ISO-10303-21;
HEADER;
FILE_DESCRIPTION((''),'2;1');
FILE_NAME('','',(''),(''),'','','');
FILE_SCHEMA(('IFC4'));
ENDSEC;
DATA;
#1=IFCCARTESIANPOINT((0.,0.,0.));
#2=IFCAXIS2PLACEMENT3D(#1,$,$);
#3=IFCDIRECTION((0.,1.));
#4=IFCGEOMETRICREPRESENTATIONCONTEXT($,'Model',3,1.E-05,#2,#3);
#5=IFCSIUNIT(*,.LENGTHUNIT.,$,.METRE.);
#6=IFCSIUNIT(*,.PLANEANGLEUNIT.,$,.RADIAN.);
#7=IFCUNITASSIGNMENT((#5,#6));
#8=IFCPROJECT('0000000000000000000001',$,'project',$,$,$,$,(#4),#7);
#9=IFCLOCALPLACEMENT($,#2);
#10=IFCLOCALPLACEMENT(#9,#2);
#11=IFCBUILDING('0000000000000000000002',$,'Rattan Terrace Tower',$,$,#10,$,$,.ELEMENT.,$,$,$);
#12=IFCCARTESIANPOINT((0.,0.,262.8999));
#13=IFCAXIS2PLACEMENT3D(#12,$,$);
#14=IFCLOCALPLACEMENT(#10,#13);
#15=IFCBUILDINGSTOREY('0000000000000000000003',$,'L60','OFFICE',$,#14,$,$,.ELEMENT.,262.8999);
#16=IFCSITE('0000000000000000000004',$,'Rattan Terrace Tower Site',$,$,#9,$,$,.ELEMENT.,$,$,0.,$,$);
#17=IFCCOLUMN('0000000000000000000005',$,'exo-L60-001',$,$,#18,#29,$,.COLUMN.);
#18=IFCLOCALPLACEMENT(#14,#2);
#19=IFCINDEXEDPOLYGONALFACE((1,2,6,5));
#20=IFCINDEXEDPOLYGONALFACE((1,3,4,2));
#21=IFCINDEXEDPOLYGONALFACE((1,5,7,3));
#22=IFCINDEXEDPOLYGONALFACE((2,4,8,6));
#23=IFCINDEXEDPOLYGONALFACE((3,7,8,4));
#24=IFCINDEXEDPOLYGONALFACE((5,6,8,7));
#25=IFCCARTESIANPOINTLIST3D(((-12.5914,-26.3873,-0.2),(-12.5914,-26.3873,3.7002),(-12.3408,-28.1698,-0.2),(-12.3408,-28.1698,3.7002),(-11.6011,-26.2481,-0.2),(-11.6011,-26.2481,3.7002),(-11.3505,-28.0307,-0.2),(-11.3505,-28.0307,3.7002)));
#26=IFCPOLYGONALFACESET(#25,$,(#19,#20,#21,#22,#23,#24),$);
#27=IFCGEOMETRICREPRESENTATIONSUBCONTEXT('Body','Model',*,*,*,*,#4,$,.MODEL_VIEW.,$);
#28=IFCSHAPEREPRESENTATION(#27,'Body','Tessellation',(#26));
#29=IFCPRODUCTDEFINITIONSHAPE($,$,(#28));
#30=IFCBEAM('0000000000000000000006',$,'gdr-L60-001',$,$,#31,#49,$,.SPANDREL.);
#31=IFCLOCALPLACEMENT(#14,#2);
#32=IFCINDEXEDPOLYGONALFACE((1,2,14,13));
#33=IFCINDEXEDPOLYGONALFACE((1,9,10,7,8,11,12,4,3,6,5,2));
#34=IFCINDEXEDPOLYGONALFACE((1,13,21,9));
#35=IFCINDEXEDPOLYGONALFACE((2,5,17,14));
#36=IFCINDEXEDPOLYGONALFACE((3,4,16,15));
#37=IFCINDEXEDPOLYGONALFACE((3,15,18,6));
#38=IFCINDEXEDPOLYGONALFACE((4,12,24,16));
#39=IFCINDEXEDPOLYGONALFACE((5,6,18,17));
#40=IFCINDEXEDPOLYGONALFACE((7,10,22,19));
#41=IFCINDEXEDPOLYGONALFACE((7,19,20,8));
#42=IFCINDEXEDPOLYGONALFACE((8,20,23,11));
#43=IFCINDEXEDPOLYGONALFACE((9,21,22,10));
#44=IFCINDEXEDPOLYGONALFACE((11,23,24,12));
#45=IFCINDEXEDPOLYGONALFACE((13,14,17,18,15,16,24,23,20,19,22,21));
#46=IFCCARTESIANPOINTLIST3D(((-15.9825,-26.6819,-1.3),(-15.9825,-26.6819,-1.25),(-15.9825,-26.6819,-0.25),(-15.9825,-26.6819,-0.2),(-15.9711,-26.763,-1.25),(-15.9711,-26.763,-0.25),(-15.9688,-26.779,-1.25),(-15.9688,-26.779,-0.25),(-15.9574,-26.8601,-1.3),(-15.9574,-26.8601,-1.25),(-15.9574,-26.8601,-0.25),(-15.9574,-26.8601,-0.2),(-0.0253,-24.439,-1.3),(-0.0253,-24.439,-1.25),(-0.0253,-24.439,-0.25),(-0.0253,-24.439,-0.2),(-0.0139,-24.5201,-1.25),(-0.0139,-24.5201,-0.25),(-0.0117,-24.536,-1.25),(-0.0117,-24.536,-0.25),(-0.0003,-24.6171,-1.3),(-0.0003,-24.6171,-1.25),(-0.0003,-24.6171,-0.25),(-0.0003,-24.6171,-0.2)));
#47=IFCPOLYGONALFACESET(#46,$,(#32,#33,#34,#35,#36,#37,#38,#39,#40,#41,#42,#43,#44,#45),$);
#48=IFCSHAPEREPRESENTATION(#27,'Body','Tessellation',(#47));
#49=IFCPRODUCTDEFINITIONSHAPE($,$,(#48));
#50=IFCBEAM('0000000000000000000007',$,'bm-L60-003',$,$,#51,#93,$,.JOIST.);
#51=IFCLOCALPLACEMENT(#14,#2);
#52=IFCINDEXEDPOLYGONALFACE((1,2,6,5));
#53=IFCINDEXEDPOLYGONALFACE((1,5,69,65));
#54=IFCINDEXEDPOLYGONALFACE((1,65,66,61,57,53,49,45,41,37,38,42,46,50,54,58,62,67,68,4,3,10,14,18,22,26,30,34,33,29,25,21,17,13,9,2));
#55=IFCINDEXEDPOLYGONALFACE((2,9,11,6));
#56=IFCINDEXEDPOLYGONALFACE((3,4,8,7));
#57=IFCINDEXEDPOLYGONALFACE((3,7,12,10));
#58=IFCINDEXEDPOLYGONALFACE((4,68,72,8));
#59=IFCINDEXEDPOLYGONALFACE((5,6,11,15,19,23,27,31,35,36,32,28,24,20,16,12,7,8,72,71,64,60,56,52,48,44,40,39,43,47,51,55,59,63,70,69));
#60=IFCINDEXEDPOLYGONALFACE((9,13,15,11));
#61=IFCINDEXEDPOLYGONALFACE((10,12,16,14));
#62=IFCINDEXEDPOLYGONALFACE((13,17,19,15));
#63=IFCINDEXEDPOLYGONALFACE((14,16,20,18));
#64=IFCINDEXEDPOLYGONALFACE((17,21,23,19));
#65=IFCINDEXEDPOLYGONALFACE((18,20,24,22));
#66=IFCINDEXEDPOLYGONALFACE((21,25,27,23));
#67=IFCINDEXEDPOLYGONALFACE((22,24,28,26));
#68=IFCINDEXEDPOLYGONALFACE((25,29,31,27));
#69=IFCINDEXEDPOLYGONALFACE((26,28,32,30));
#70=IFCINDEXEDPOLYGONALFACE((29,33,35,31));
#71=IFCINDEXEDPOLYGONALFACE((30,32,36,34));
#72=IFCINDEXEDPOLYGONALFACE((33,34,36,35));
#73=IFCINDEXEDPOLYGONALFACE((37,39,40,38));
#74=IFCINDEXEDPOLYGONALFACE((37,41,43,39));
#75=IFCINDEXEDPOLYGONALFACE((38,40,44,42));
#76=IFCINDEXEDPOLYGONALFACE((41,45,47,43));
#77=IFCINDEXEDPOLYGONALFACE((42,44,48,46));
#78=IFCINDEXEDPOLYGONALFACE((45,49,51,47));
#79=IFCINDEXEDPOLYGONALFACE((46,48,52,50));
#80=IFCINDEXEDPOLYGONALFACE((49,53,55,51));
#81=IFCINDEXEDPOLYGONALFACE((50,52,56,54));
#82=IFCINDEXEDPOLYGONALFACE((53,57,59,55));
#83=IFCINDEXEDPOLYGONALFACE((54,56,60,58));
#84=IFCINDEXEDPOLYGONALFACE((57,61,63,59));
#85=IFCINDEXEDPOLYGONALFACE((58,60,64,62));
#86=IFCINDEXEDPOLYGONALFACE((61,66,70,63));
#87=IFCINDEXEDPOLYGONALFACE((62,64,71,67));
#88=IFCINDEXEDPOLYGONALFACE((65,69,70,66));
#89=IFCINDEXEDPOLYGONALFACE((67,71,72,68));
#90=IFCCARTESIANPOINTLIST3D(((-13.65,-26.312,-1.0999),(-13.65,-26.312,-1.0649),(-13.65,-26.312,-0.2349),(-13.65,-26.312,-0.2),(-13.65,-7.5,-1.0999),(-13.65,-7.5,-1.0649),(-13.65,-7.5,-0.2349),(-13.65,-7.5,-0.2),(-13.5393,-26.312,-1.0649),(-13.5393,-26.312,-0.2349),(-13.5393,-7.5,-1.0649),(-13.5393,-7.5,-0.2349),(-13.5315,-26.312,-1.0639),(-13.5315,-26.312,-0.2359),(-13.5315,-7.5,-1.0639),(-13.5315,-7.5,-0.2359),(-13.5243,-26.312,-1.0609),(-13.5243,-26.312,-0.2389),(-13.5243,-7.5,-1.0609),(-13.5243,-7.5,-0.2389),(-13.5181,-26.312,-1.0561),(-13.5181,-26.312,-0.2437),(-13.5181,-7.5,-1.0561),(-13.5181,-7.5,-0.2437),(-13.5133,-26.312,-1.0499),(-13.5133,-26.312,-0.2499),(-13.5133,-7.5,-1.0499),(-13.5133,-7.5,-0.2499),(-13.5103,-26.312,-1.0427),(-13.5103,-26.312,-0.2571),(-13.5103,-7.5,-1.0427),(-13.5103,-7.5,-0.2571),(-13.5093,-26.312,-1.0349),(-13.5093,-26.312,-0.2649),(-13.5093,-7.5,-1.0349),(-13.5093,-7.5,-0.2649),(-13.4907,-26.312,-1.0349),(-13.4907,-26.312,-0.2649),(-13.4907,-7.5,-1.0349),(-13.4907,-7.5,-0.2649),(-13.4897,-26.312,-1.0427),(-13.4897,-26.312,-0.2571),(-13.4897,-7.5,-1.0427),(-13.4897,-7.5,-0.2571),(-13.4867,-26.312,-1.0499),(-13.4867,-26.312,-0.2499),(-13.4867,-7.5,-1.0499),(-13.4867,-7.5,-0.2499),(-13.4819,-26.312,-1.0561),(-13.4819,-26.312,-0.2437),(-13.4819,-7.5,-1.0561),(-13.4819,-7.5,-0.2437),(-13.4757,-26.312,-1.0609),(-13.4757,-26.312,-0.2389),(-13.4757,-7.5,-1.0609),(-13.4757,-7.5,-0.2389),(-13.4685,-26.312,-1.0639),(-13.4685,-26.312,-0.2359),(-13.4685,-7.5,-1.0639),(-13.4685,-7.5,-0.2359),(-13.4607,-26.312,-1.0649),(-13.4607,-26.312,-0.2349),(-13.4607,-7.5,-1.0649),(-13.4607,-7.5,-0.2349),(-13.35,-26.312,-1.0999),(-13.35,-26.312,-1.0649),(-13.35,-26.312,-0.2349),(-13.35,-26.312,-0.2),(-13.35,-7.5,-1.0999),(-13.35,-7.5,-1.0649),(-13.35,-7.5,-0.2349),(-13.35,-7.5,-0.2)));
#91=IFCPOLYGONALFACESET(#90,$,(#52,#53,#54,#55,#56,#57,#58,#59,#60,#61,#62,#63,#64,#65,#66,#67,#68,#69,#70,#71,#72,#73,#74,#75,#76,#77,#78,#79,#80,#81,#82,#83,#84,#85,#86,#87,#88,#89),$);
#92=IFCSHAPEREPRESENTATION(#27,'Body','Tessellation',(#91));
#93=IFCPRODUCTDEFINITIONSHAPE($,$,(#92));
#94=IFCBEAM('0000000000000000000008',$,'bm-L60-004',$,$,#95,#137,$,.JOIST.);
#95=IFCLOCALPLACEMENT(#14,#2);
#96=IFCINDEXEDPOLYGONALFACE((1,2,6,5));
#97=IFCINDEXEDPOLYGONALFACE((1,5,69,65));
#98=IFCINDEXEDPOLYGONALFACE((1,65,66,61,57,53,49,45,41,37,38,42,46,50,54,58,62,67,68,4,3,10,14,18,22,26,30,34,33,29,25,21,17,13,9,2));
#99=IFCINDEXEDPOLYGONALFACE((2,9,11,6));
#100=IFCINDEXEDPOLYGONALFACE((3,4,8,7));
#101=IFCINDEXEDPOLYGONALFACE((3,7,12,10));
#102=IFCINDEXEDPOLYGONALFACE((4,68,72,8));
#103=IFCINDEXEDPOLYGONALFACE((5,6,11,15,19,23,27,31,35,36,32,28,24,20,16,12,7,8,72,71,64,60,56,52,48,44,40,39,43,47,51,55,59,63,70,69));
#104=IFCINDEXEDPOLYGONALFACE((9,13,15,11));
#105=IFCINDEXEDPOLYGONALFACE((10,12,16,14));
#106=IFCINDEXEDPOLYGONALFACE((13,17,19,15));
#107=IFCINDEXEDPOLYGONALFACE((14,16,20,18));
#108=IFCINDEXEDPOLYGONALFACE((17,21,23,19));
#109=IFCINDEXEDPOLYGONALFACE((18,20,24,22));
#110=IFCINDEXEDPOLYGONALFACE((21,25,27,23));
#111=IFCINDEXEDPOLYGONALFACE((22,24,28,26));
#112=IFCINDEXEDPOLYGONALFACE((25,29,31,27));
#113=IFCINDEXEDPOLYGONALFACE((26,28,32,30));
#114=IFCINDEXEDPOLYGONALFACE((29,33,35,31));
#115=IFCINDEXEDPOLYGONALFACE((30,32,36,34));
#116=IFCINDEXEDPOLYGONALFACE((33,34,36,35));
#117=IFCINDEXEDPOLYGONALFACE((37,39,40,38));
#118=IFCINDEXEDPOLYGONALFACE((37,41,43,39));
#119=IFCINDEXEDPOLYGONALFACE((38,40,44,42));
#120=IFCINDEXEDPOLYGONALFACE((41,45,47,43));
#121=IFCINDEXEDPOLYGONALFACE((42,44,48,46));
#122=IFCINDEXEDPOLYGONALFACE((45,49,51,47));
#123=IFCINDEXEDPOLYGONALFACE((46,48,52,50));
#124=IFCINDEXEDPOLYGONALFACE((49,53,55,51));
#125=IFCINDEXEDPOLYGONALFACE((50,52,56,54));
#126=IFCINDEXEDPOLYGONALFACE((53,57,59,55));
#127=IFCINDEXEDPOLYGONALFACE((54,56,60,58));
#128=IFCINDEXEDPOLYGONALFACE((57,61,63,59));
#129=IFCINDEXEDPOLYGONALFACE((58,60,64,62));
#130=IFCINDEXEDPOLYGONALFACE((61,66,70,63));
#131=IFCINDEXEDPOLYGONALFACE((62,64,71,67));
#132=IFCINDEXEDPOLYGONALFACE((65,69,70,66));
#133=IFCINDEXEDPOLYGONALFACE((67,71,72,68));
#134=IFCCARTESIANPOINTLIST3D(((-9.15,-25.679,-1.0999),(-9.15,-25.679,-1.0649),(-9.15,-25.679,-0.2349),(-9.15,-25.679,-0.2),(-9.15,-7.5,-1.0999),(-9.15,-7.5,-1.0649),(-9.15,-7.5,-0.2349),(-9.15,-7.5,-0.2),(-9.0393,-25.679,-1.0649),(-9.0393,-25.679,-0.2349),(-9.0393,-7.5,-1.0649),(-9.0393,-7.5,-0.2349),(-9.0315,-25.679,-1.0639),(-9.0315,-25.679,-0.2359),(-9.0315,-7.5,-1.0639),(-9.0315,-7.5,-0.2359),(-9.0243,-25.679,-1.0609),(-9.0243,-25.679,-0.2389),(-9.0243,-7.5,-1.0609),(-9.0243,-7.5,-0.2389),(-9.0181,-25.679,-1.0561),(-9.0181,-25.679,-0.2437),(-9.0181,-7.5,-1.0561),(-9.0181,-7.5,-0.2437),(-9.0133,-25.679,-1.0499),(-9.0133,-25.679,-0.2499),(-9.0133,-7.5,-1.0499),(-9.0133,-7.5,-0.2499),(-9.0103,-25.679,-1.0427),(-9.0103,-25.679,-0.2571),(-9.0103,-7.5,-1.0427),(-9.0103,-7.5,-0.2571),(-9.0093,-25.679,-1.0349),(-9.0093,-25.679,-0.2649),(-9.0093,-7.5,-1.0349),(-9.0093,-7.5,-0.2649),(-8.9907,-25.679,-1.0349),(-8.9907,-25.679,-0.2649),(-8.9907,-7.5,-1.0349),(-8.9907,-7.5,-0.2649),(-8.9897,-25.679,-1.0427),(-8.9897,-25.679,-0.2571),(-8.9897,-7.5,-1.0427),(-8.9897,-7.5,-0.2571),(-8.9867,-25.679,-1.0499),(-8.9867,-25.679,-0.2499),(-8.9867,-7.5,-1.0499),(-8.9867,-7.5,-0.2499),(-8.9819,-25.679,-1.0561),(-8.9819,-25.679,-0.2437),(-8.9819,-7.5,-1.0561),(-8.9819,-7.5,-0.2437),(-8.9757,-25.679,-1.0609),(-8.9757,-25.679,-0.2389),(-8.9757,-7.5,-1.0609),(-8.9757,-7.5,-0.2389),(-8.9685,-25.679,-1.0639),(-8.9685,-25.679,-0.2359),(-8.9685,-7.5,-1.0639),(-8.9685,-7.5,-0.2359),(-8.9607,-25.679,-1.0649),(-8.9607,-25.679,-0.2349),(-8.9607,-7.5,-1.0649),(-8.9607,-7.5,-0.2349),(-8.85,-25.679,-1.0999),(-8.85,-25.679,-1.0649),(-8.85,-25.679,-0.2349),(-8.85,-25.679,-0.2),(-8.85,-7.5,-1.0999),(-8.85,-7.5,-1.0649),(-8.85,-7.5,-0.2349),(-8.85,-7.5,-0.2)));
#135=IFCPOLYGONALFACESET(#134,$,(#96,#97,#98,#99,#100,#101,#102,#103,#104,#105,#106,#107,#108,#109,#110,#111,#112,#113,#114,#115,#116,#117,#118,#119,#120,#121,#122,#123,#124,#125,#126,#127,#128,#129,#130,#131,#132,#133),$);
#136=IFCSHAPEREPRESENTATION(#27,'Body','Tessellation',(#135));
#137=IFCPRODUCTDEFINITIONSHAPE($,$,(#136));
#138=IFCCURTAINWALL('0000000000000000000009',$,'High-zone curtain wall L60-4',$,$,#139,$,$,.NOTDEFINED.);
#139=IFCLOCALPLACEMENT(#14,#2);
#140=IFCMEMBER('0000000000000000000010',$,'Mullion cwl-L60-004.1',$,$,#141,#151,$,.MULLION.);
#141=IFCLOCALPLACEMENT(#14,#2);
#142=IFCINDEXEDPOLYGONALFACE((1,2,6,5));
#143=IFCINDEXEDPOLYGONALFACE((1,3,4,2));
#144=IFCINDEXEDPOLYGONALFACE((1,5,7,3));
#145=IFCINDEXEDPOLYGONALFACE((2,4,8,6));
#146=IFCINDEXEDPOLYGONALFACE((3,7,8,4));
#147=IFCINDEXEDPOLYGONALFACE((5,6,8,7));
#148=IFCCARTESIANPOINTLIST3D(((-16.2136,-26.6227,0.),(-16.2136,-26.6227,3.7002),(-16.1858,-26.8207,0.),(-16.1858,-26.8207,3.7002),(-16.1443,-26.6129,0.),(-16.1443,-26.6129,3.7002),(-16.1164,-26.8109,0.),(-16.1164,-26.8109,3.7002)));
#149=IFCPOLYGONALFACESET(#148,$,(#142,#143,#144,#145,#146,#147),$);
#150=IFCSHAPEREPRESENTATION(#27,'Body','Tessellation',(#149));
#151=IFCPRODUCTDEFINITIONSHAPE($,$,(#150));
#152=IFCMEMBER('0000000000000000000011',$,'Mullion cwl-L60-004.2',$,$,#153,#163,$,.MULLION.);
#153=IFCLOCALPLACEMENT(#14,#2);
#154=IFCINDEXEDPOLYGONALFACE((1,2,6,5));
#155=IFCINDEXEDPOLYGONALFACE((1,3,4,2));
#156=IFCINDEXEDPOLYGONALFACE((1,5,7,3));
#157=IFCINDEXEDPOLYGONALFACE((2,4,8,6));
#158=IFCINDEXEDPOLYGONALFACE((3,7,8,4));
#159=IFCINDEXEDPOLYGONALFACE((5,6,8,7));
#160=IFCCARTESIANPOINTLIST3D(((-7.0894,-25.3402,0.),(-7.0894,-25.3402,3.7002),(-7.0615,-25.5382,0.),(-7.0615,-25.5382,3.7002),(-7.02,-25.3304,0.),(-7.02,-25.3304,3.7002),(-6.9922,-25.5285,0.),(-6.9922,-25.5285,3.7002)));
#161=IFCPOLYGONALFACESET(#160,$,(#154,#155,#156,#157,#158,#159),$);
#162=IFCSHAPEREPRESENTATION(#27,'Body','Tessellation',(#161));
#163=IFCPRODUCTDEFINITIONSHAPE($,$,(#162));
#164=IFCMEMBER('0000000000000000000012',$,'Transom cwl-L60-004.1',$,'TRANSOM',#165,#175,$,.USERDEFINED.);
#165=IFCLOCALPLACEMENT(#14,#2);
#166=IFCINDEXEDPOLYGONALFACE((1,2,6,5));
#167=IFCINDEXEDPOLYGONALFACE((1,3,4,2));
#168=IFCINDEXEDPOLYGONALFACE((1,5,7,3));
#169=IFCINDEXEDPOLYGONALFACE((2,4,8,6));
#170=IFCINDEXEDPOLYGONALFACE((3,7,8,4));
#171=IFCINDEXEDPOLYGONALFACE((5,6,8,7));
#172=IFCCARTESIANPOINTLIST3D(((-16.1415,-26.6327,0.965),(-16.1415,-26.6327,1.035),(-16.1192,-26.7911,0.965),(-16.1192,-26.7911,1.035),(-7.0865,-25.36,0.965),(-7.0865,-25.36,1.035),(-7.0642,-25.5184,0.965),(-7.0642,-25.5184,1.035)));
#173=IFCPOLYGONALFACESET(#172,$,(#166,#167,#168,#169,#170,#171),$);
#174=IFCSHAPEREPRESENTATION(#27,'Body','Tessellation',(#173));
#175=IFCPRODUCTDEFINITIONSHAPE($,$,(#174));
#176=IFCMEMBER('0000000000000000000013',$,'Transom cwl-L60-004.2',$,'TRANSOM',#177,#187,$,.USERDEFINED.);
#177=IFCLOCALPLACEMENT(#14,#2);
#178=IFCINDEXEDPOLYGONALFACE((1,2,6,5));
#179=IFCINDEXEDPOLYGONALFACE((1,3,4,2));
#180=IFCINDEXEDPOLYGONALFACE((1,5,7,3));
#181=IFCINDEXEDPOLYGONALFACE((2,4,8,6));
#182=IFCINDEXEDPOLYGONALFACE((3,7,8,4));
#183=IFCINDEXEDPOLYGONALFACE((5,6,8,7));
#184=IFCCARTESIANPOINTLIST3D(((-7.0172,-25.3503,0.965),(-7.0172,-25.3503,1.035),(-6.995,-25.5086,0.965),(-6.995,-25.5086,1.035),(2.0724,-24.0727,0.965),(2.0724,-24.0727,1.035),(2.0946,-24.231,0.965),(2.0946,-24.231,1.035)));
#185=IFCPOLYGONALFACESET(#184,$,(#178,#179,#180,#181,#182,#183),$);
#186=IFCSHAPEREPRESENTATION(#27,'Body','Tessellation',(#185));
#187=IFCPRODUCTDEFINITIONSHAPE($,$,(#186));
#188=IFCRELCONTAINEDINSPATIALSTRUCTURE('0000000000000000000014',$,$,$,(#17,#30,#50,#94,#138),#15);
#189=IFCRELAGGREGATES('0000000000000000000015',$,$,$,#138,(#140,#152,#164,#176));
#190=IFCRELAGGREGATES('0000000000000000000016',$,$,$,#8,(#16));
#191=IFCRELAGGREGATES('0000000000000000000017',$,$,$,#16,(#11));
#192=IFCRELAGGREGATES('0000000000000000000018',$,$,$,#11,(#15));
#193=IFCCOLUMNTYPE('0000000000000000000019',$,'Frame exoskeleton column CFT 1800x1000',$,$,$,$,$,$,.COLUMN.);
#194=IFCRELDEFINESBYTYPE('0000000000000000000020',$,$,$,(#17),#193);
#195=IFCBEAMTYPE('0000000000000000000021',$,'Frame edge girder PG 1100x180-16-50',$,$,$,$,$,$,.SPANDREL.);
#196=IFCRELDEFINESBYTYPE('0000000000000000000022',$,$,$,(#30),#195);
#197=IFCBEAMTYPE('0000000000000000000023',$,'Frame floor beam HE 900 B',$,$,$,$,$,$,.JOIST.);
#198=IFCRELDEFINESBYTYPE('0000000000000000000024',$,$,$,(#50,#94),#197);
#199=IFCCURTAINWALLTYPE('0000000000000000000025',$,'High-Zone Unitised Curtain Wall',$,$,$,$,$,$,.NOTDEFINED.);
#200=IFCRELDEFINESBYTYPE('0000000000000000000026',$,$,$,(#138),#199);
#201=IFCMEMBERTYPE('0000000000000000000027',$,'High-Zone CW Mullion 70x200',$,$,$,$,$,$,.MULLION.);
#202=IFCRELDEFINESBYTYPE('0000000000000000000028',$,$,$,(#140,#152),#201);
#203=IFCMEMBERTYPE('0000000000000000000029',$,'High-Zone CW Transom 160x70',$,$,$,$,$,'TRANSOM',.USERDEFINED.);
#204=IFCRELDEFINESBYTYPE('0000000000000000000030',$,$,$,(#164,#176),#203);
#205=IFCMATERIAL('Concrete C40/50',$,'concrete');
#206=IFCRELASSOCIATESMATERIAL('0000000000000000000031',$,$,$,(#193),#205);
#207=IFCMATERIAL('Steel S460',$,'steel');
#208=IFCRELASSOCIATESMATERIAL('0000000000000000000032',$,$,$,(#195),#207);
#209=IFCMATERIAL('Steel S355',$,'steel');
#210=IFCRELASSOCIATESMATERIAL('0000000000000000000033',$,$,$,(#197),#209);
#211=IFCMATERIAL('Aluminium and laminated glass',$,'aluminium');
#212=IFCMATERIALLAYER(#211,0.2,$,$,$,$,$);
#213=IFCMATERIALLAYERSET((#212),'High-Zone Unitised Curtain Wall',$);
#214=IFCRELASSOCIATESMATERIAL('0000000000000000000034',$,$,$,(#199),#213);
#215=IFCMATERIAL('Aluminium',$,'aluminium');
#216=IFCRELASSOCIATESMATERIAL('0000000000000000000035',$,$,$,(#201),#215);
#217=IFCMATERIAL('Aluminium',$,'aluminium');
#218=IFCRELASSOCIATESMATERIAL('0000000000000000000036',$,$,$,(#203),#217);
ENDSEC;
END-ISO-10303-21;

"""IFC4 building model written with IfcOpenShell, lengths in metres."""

from ifc_helpers import new_model, si_unit, direction, frame, origin, origin_2d, place, context, subcontext, project, spatial, rectangle, i_section, extrude, material, layer, layer_set, material_profile, profile_set, type_object, element, aggregate, save


model = new_model("IFC4")

# Units and contexts
model_context = context("Model", 3, precision=1e-05, world=origin(), true_north=direction((0.0, 1.0)))
body_context = subcontext(model_context, "Body", "Model", "MODEL_VIEW")
ifc_project = project(units=[si_unit("LENGTHUNIT", "METRE"), si_unit("PLANEANGLEUNIT", "RADIAN")], contexts=[model_context])

# Site, building, storey
site_placement = place(None, origin())
site = spatial("IfcSite", under=ifc_project, at=site_placement, Name="Rattan Terrace Tower Site", CompositionType="ELEMENT", RefElevation=0.0)
building_placement = place(site_placement, origin())
building = spatial("IfcBuilding", under=site, at=building_placement, Name="Rattan Terrace Tower", CompositionType="ELEMENT")
storey_placement = place(building_placement, frame((0.0, 0.0, 262.8999)))
storey = spatial("IfcBuildingStorey", under=building, at=storey_placement, Name="L60", Description="OFFICE", CompositionType="ELEMENT", Elevation=262.8999)

# Column
ifc_material_1 = material(Name="Concrete C40/50", Category="concrete")
ifc_material_profile_1 = material_profile(ifc_material_1, rectangle(XDim=1.0, YDim=1.8, at=origin_2d()), Name="CFT 1800x1000")
ifc_profile_set_1 = profile_set([ifc_material_profile_1], Name="Concrete C40/50")
column_type = type_object("IfcColumnType", Name="Frame exoskeleton column CFT 1800x1000", PredefinedType="COLUMN", material=ifc_profile_set_1)
column_placement = place(storey_placement, frame((-11.9709, -27.209, -0.2), z_axis=(0.0, 0.0, 1.0), x_axis=(0.990266, 0.13919, 0.0)))
element("IfcColumn", 1, at=column_placement, inside=storey, type_object=column_type, Name="exo-L60-001", PredefinedType="COLUMN", context=body_context, shape_type="SweptSolid", body=[
    extrude(rectangle(XDim=1.0, YDim=1.8, at=origin_2d()), origin(), (0.0, 0.0, 1.0), 3.9001),
])

# Beams
ifc_material_2 = material(Name="Steel S460", Category="steel")
ifc_material_profile_2 = material_profile(ifc_material_2, i_section(OverallWidth=0.1799, OverallDepth=1.1001, WebThickness=0.0161, FlangeThickness=0.05, at=origin_2d()), Name="PG 1100x180-16-50")
ifc_profile_set_2 = profile_set([ifc_material_profile_2], Name="Steel S460")
beam_type_1 = type_object("IfcBeamType", Name="Frame edge girder PG 1100x180-16-50", PredefinedType="SPANDREL", material=ifc_profile_set_2)
beam_1_placement = place(storey_placement, frame((-15.97, -26.771, -0.75), z_axis=(0.990265, 0.139192, 0.0), x_axis=(-0.139192, 0.990265, 0.0)))
element("IfcBeam", 2, at=beam_1_placement, inside=storey, type_object=beam_type_1, Name="gdr-L60-001", PredefinedType="SPANDREL", context=body_context, shape_type="SweptSolid", body=[
    extrude(i_section(OverallWidth=0.1799, OverallDepth=1.1001, WebThickness=0.0161, FlangeThickness=0.05, at=origin_2d()), origin(), (0.0, 0.0, 1.0), 16.114),
])
ifc_material_3 = material(Name="Steel S355", Category="steel")
ifc_material_profile_3 = material_profile(ifc_material_3, i_section(OverallWidth=0.3, OverallDepth=0.8999, WebThickness=0.0186, FlangeThickness=0.0349, FilletRadius=0.03, at=origin_2d()), Name="HE 900 B")
ifc_profile_set_3 = profile_set([ifc_material_profile_3], Name="Steel S355")
beam_type_2 = type_object("IfcBeamType", Name="Frame floor beam HE 900 B", PredefinedType="JOIST", material=ifc_profile_set_3)
beam_2_placement = place(storey_placement, frame((-13.5, -26.312, -0.6499), z_axis=(0.0, 1.0, 0.0), x_axis=(-1.0, 0.0, 0.0)))
element("IfcBeam", 3, at=beam_2_placement, inside=storey, type_object=beam_type_2, Name="bm-L60-003", PredefinedType="JOIST", context=body_context, shape_type="SweptSolid", body=[
    extrude(i_section(OverallWidth=0.3, OverallDepth=0.8999, WebThickness=0.0186, FlangeThickness=0.0349, FilletRadius=0.03, at=origin_2d()), origin(), (0.0, 0.0, 1.0), 18.812),
])
beam_3_placement = place(storey_placement, frame((-9.0, -25.679, -0.6499), z_axis=(0.0, 1.0, 0.0), x_axis=(-1.0, 0.0, 0.0)))
element("IfcBeam", 4, at=beam_3_placement, inside=storey, type_object=beam_type_2, Name="bm-L60-004", PredefinedType="JOIST", context=body_context, shape_type="SweptSolid", body=[
    extrude(i_section(OverallWidth=0.3, OverallDepth=0.8999, WebThickness=0.0186, FlangeThickness=0.0349, FilletRadius=0.03, at=origin_2d()), origin(), (0.0, 0.0, 1.0), 18.179),
])

# Curtain wall, members
ifc_material_4 = material(Name="Aluminium and laminated glass", Category="aluminium")
ifc_layer_1 = layer(ifc_material_4, 0.2)
ifc_layer_set_1 = layer_set([ifc_layer_1], Name="High-Zone Unitised Curtain Wall")
curtain_wall_type = type_object("IfcCurtainWallType", Name="High-Zone Unitised Curtain Wall", PredefinedType="NOTDEFINED", material=ifc_layer_set_1)
curtain_wall_placement = place(storey_placement, origin())
curtain_wall = element("IfcCurtainWall", 5, at=curtain_wall_placement, inside=storey, type_object=curtain_wall_type, Name="High-zone curtain wall L60-4", PredefinedType="NOTDEFINED")
ifc_material_5 = material(Name="Aluminium", Category="aluminium")
ifc_material_profile_4 = material_profile(ifc_material_5, rectangle(XDim=0.0701, YDim=0.2, at=origin_2d()), Name="Aluminium 70x200")
ifc_profile_set_4 = profile_set([ifc_material_profile_4], Name="Aluminium")
member_type_1 = type_object("IfcMemberType", Name="High-Zone CW Mullion 70x200", PredefinedType="MULLION", material=ifc_profile_set_4)
member_1_placement = place(storey_placement, frame((-16.165, -26.7168, 0.0), z_axis=(0.0, 0.0, 1.0), x_axis=(0.990266, 0.139189, 0.0)))
member_1 = element("IfcMember", 6, at=member_1_placement, type_object=member_type_1, Name="Mullion cwl-L60-004.1", PredefinedType="MULLION", context=body_context, shape_type="SweptSolid", body=[
    extrude(rectangle(XDim=0.0701, YDim=0.2, at=origin_2d()), origin(), (0.0, 0.0, 1.0), 3.7002),
])
member_2_placement = place(storey_placement, frame((-7.0408, -25.4343, 0.0), z_axis=(0.0, 0.0, 1.0), x_axis=(0.990266, 0.139189, 0.0)))
member_2 = element("IfcMember", 7, at=member_2_placement, type_object=member_type_1, Name="Mullion cwl-L60-004.2", PredefinedType="MULLION", context=body_context, shape_type="SweptSolid", body=[
    extrude(rectangle(XDim=0.0701, YDim=0.2, at=origin_2d()), origin(), (0.0, 0.0, 1.0), 3.7002),
])
ifc_material_6 = material(Name="Aluminium", Category="aluminium")
ifc_material_profile_5 = material_profile(ifc_material_6, rectangle(XDim=0.1599, YDim=0.0701, at=origin_2d()), Name="Aluminium 160x70")
ifc_profile_set_5 = profile_set([ifc_material_profile_5], Name="Aluminium")
member_type_2 = type_object("IfcMemberType", Name="High-Zone CW Transom 160x70", ElementType="TRANSOM", PredefinedType="USERDEFINED", material=ifc_profile_set_5)
member_3_placement = place(storey_placement, frame((-16.1304, -26.7119, 1.0), z_axis=(0.990266, 0.139186, 0.0), x_axis=(-0.139186, 0.990266, 0.0)))
member_3 = element("IfcMember", 8, at=member_3_placement, type_object=member_type_2, Name="Transom cwl-L60-004.1", ObjectType="TRANSOM", PredefinedType="USERDEFINED", context=body_context, shape_type="SweptSolid", body=[
    extrude(rectangle(XDim=0.1599, YDim=0.0701, at=origin_2d()), origin(), (0.0, 0.0, 1.0), 9.144),
])
member_4_placement = place(storey_placement, frame((-7.0061, -25.4294, 1.0), z_axis=(0.990266, 0.139187, 0.0), x_axis=(-0.139187, 0.990266, 0.0)))
member_4 = element("IfcMember", 9, at=member_4_placement, type_object=member_type_2, Name="Transom cwl-L60-004.2", ObjectType="TRANSOM", PredefinedType="USERDEFINED", context=body_context, shape_type="SweptSolid", body=[
    extrude(rectangle(XDim=0.1599, YDim=0.0701, at=origin_2d()), origin(), (0.0, 0.0, 1.0), 9.179),
])
aggregate(curtain_wall, [member_1, member_2, member_3, member_4])

save(model, "model.ifc")
